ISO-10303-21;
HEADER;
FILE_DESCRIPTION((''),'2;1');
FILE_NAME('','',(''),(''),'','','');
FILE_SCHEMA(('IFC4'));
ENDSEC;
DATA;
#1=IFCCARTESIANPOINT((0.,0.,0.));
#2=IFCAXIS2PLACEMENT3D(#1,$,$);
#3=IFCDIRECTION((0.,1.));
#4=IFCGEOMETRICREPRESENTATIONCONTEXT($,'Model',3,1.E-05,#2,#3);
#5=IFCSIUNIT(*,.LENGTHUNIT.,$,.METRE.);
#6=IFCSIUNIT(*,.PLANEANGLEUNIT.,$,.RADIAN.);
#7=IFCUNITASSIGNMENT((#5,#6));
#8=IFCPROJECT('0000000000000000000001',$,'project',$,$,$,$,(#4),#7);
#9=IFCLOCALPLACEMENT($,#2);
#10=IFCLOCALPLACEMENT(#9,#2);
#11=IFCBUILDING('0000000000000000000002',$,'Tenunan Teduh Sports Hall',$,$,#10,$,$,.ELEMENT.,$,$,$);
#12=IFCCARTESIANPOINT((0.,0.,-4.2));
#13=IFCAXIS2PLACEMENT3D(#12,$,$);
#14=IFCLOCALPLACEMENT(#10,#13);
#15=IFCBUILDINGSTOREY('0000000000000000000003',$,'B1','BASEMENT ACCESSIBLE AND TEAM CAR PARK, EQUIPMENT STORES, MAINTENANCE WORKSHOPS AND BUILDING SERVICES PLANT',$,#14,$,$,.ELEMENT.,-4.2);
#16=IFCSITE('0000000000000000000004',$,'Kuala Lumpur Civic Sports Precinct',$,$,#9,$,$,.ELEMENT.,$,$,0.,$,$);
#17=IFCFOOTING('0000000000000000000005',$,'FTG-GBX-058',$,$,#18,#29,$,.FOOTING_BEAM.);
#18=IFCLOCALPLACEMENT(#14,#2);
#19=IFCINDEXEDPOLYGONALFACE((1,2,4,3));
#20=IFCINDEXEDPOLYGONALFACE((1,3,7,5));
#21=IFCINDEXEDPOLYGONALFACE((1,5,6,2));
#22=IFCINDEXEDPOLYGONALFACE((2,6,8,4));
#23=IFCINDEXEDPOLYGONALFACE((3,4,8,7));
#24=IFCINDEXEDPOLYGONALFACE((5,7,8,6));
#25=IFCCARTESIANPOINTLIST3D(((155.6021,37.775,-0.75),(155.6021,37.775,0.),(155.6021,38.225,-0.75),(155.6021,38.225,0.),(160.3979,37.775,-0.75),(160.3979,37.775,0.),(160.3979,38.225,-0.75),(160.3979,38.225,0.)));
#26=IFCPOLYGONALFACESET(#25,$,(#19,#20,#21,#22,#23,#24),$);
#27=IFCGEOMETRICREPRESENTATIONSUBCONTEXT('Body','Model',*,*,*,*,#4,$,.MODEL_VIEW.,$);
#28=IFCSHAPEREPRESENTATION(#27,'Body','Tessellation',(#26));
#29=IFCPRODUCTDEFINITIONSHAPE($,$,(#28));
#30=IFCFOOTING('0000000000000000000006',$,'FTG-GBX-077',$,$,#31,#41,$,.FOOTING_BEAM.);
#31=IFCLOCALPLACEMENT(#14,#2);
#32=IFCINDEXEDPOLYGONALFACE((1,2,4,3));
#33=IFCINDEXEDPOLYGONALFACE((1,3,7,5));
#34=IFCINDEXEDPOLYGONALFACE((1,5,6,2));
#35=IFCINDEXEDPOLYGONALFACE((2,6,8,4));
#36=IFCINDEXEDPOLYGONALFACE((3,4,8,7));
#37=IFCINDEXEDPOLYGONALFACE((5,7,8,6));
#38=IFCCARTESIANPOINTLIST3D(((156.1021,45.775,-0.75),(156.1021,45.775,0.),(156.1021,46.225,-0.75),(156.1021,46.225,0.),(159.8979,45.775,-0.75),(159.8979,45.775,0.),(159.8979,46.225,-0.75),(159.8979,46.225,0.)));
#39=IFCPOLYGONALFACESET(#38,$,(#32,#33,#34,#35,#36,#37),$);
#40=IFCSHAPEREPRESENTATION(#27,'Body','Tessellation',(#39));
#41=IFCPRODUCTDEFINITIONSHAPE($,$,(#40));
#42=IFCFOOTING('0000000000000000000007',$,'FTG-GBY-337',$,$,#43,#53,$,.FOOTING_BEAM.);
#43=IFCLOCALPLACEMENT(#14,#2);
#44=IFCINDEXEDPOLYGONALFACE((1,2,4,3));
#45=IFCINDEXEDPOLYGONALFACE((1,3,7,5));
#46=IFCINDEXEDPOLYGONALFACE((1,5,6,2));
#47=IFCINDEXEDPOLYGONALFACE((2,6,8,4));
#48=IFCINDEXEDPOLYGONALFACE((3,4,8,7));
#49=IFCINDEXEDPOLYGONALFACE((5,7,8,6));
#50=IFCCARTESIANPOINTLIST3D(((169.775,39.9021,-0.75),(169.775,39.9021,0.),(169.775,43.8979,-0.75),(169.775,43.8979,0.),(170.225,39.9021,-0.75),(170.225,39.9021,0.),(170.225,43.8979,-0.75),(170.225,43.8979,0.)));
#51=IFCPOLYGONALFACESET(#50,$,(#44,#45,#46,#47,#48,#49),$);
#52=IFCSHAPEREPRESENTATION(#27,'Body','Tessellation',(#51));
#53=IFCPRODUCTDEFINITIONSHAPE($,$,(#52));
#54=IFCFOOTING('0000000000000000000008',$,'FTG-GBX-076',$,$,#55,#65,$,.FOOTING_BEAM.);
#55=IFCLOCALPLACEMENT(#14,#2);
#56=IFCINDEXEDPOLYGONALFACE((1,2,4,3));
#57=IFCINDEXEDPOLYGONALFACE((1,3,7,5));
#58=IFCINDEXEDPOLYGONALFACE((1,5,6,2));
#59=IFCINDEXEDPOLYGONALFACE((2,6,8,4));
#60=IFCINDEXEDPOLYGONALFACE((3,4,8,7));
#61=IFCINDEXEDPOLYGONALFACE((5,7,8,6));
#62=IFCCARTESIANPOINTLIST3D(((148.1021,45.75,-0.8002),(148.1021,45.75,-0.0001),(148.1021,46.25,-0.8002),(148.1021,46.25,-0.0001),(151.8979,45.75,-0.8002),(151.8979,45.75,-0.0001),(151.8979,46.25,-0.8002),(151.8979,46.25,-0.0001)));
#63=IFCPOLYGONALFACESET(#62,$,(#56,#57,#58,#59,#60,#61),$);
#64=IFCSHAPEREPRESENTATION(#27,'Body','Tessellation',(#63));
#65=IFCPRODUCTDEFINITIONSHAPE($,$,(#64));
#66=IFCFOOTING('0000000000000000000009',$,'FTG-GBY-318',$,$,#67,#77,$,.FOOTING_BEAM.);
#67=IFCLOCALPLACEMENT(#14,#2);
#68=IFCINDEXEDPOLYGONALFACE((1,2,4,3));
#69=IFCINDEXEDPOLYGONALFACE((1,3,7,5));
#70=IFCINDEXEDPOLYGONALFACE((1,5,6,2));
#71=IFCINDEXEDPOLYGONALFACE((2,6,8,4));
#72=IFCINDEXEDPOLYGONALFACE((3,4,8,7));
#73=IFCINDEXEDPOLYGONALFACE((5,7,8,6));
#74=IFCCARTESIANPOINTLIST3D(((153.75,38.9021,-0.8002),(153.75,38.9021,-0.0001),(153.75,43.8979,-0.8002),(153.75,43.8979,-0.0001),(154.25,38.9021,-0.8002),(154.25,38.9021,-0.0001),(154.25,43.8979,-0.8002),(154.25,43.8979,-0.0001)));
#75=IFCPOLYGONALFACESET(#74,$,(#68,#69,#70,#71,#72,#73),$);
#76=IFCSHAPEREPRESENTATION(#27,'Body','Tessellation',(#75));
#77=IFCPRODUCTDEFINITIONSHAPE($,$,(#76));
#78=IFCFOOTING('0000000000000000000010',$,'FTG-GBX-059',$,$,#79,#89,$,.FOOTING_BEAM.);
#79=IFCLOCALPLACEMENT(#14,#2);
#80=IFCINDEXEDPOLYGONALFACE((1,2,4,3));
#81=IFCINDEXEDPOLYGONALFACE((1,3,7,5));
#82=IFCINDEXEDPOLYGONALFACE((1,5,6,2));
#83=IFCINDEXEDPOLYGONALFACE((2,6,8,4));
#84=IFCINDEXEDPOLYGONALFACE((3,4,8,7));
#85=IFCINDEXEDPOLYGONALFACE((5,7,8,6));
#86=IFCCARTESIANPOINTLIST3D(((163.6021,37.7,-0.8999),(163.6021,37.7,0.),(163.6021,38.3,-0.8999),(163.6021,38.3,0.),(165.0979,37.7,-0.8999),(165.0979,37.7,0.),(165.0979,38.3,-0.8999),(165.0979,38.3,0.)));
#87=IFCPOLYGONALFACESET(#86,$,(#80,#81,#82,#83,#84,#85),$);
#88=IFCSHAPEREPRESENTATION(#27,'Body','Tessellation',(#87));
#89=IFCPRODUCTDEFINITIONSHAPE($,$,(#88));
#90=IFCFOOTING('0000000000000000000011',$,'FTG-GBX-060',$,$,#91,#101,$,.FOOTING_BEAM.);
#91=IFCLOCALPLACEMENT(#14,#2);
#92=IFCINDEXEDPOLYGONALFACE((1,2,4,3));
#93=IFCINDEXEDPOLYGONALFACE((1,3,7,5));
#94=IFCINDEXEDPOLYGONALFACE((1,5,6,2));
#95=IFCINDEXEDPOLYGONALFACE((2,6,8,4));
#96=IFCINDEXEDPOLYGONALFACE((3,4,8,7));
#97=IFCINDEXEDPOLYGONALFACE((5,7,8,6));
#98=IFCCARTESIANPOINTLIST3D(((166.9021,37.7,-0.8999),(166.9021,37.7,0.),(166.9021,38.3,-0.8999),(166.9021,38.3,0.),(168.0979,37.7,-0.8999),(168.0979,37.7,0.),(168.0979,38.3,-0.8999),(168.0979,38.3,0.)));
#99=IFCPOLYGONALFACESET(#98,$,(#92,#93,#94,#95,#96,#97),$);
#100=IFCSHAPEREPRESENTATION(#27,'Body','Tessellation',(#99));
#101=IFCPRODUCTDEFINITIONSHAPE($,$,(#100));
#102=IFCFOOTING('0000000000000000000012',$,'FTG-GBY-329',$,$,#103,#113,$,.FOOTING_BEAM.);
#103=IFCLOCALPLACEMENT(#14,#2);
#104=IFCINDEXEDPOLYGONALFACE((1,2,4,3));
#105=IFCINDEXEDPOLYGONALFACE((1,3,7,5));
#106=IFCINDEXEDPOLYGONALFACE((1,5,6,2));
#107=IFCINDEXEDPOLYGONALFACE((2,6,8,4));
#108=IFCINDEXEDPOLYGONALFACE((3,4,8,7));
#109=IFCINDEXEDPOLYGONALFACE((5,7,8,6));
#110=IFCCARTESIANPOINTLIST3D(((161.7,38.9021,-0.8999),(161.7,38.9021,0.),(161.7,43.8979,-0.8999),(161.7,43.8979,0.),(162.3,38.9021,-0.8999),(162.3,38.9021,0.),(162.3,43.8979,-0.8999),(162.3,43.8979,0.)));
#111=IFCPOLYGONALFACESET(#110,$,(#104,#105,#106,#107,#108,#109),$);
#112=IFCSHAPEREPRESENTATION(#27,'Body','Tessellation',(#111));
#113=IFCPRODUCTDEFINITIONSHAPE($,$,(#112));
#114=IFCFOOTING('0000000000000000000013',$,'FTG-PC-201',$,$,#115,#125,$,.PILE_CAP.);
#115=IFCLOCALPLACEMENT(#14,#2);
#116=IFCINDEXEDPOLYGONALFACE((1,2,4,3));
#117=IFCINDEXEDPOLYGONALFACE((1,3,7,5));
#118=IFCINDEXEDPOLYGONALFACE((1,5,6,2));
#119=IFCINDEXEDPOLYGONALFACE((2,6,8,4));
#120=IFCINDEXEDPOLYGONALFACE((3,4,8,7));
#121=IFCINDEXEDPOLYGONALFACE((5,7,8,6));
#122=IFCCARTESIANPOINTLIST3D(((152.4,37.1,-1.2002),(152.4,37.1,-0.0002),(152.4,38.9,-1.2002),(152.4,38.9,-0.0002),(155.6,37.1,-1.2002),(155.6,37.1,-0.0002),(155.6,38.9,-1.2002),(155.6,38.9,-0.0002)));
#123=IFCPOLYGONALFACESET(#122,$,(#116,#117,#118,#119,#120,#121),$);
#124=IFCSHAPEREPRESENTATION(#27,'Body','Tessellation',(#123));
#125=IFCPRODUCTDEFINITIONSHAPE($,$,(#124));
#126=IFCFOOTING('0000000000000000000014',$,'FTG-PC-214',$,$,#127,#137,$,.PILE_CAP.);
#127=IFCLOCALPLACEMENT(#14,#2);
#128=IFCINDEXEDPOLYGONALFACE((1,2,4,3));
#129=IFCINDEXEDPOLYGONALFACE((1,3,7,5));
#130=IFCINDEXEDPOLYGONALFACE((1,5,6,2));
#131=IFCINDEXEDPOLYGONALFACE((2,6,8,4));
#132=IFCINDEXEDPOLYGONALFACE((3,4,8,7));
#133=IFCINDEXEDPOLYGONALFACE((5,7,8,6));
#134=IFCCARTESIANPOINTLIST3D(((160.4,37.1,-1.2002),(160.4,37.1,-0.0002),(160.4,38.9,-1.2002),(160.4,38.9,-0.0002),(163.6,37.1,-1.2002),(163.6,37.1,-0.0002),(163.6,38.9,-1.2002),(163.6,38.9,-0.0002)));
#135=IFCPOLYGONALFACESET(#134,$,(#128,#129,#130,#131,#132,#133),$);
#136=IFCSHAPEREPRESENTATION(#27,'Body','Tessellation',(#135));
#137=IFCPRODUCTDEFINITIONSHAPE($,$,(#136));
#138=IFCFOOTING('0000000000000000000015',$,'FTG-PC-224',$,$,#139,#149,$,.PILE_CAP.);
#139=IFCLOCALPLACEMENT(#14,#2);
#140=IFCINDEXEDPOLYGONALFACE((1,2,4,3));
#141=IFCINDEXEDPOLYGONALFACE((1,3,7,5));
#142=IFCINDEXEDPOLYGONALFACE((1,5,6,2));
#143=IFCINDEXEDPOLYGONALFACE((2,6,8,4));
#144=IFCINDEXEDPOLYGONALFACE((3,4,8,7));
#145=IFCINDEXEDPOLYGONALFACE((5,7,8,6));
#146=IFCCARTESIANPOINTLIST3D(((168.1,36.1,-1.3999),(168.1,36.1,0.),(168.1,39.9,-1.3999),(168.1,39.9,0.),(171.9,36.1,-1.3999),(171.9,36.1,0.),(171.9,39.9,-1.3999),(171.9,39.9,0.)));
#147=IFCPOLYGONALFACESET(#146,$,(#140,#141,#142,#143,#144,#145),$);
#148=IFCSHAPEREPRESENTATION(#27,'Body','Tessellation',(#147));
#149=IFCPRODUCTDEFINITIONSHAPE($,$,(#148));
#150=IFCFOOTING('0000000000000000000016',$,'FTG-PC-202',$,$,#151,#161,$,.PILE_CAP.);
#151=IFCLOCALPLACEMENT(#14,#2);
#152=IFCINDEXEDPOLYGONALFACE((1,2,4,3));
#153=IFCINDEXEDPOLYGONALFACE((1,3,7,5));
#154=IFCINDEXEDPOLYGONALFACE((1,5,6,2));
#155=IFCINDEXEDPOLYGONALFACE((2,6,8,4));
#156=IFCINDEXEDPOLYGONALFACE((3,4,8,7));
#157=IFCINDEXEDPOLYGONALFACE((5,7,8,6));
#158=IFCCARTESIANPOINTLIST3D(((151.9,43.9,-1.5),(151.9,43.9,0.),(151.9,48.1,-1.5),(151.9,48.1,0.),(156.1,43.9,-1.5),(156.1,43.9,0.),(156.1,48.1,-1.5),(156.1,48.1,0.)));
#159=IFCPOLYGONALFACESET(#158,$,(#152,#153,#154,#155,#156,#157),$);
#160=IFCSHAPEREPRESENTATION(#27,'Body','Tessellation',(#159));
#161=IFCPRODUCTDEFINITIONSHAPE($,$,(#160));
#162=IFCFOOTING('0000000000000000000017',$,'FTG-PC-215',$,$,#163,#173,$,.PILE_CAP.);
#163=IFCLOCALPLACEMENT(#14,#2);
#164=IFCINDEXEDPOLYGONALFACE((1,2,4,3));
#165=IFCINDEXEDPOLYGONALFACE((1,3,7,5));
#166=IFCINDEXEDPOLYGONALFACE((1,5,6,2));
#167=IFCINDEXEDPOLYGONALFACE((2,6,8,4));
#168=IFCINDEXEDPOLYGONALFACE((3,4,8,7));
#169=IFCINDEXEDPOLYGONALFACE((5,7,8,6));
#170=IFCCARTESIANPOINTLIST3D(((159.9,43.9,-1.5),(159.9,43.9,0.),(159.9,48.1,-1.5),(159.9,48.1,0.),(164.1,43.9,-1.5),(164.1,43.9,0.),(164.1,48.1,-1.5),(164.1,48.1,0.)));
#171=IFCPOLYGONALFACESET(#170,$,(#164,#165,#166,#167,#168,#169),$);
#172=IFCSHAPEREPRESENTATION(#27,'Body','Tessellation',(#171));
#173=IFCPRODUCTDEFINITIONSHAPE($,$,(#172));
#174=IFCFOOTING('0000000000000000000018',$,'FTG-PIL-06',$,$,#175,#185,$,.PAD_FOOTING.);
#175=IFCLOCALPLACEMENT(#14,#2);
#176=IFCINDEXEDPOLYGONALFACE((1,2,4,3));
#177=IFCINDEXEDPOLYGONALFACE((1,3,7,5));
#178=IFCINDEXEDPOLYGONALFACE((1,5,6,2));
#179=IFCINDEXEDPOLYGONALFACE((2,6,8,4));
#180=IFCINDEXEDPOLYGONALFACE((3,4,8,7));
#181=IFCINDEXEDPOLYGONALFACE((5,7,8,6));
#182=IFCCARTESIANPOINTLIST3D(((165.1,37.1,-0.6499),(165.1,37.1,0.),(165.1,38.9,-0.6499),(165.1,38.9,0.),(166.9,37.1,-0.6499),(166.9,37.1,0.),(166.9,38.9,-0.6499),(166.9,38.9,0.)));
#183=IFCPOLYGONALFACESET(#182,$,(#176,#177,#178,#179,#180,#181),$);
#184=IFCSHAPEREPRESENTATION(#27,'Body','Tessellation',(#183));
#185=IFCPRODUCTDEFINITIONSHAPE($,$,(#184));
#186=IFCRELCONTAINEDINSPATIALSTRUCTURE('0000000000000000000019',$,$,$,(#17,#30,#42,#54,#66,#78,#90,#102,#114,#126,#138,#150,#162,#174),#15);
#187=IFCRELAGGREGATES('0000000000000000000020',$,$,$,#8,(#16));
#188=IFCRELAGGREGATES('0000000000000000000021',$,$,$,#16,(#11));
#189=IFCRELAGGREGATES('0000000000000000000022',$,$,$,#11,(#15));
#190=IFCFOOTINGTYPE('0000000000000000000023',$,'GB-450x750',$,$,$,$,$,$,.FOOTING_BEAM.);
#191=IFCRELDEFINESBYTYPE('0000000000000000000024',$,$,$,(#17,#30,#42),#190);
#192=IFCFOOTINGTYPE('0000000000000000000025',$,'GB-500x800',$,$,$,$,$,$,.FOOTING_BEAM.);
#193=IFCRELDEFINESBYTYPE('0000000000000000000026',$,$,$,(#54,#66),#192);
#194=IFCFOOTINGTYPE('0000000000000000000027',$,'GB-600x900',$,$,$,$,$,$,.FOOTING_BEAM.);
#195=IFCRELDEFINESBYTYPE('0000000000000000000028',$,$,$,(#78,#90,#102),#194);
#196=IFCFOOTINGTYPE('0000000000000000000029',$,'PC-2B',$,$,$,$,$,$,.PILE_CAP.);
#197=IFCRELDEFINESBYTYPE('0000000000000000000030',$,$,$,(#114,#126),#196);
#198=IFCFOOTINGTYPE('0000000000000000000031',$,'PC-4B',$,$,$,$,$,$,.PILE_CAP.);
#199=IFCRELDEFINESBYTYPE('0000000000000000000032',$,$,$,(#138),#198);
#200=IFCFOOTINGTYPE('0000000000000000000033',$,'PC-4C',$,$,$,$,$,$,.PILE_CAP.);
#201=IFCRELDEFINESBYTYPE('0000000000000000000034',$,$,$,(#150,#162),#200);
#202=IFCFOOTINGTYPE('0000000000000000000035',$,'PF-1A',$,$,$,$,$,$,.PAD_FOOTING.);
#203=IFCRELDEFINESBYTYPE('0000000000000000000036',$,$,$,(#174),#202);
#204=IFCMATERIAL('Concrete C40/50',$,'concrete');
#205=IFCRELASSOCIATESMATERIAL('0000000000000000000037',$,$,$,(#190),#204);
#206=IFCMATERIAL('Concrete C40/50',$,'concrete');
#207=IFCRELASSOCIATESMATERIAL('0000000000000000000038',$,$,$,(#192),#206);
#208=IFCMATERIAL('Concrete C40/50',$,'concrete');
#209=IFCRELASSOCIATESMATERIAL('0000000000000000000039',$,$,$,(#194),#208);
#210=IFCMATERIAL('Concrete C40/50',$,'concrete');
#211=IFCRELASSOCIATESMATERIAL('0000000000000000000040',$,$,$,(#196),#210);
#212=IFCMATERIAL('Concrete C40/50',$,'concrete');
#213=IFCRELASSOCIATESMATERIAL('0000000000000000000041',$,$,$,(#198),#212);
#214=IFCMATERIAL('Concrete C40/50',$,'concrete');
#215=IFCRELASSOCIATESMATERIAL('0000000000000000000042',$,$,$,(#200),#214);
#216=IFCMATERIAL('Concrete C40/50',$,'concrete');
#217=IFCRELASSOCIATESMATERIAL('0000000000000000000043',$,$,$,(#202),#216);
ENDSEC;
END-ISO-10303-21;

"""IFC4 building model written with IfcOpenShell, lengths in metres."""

from ifc_helpers import new_model, si_unit, direction, frame, origin, origin_2d, place, context, subcontext, project, spatial, rectangle, extrude, material, material_profile, profile_set, type_object, element, save


model = new_model("IFC4")

# Units and contexts
model_context = context("Model", 3, precision=1e-05, world=origin(), true_north=direction((0.0, 1.0)))
body_context = subcontext(model_context, "Body", "Model", "MODEL_VIEW")
ifc_project = project(units=[si_unit("LENGTHUNIT", "METRE"), si_unit("PLANEANGLEUNIT", "RADIAN")], contexts=[model_context])

# Site, building, storey
site_placement = place(None, origin())
site = spatial("IfcSite", under=ifc_project, at=site_placement, Name="Kuala Lumpur Civic Sports Precinct", CompositionType="ELEMENT", RefElevation=0.0)
building_placement = place(site_placement, origin())
building = spatial("IfcBuilding", under=site, at=building_placement, Name="Tenunan Teduh Sports Hall", CompositionType="ELEMENT")
storey_placement = place(building_placement, frame((0.0, 0.0, -4.2)))
storey = spatial("IfcBuildingStorey", under=building, at=storey_placement, Name="B1", Description="BASEMENT ACCESSIBLE AND TEAM CAR PARK, EQUIPMENT STORES, MAINTENANCE WORKSHOPS AND BUILDING SERVICES PLANT", CompositionType="ELEMENT", Elevation=-4.2)

# Footings
ifc_material_1 = material(Name="Concrete C40/50", Category="concrete")
ifc_material_profile_1 = material_profile(ifc_material_1, rectangle(XDim=0.45, YDim=0.75, at=origin_2d()), Name="RCB 450x750")
ifc_profile_set_1 = profile_set([ifc_material_profile_1], Name="Concrete C40/50")
footing_type_1 = type_object("IfcFootingType", Name="GB-450x750", PredefinedType="FOOTING_BEAM", material=ifc_profile_set_1)
footing_1_placement = place(storey_placement, frame((155.6021, 38.0, -0.375), z_axis=(1.0, 0.0, 0.0), x_axis=(0.0, 1.0, 0.0)))
element("IfcFooting", 1, at=footing_1_placement, inside=storey, type_object=footing_type_1, Name="FTG-GBX-058", PredefinedType="FOOTING_BEAM", context=body_context, shape_type="SweptSolid", body=[
    extrude(rectangle(XDim=0.45, YDim=0.75, at=origin_2d()), origin(), (0.0, 0.0, 1.0), 4.7959),
])
footing_2_placement = place(storey_placement, frame((156.1021, 46.0, -0.375), z_axis=(1.0, 0.0, 0.0), x_axis=(0.0, 1.0, 0.0)))
element("IfcFooting", 2, at=footing_2_placement, inside=storey, type_object=footing_type_1, Name="FTG-GBX-077", PredefinedType="FOOTING_BEAM", context=body_context, shape_type="SweptSolid", body=[
    extrude(rectangle(XDim=0.45, YDim=0.75, at=origin_2d()), origin(), (0.0, 0.0, 1.0), 3.7959),
])
footing_3_placement = place(storey_placement, frame((170.0, 39.9021, -0.375), z_axis=(0.0, 1.0, 0.0), x_axis=(-1.0, 0.0, 0.0)))
element("IfcFooting", 3, at=footing_3_placement, inside=storey, type_object=footing_type_1, Name="FTG-GBY-337", PredefinedType="FOOTING_BEAM", context=body_context, shape_type="SweptSolid", body=[
    extrude(rectangle(XDim=0.45, YDim=0.75, at=origin_2d()), origin(), (0.0, 0.0, 1.0), 3.9958),
])
ifc_material_2 = material(Name="Concrete C40/50", Category="concrete")
ifc_material_profile_2 = material_profile(ifc_material_2, rectangle(XDim=0.5, YDim=0.8, at=origin_2d()), Name="RCB 500x800")
ifc_profile_set_2 = profile_set([ifc_material_profile_2], Name="Concrete C40/50")
footing_type_2 = type_object("IfcFootingType", Name="GB-500x800", PredefinedType="FOOTING_BEAM", material=ifc_profile_set_2)
footing_4_placement = place(storey_placement, frame((148.1021, 46.0, -0.4001), z_axis=(1.0, 0.0, 0.0), x_axis=(0.0, 1.0, 0.0)))
element("IfcFooting", 4, at=footing_4_placement, inside=storey, type_object=footing_type_2, Name="FTG-GBX-076", PredefinedType="FOOTING_BEAM", context=body_context, shape_type="SweptSolid", body=[
    extrude(rectangle(XDim=0.5, YDim=0.8, at=origin_2d()), origin(), (0.0, 0.0, 1.0), 3.7959),
])
footing_5_placement = place(storey_placement, frame((154.0, 38.9021, -0.4001), z_axis=(0.0, 1.0, 0.0), x_axis=(-1.0, 0.0, 0.0)))
element("IfcFooting", 5, at=footing_5_placement, inside=storey, type_object=footing_type_2, Name="FTG-GBY-318", PredefinedType="FOOTING_BEAM", context=body_context, shape_type="SweptSolid", body=[
    extrude(rectangle(XDim=0.5, YDim=0.8, at=origin_2d()), origin(), (0.0, 0.0, 1.0), 4.9958),
])
ifc_material_3 = material(Name="Concrete C40/50", Category="concrete")
ifc_material_profile_3 = material_profile(ifc_material_3, rectangle(XDim=0.6001, YDim=0.8999, at=origin_2d()), Name="RCB 600x900")
ifc_profile_set_3 = profile_set([ifc_material_profile_3], Name="Concrete C40/50")
footing_type_3 = type_object("IfcFootingType", Name="GB-600x900", PredefinedType="FOOTING_BEAM", material=ifc_profile_set_3)
footing_6_placement = place(storey_placement, frame((163.6021, 38.0, -0.45), z_axis=(1.0, 0.0, 0.0), x_axis=(0.0, 1.0, 0.0)))
element("IfcFooting", 6, at=footing_6_placement, inside=storey, type_object=footing_type_3, Name="FTG-GBX-059", PredefinedType="FOOTING_BEAM", context=body_context, shape_type="SweptSolid", body=[
    extrude(rectangle(XDim=0.6001, YDim=0.8999, at=origin_2d()), origin(), (0.0, 0.0, 1.0), 1.4958),
])
footing_7_placement = place(storey_placement, frame((166.9021, 38.0, -0.45), z_axis=(1.0, 0.0, 0.0), x_axis=(0.0, 1.0, 0.0)))
element("IfcFooting", 7, at=footing_7_placement, inside=storey, type_object=footing_type_3, Name="FTG-GBX-060", PredefinedType="FOOTING_BEAM", context=body_context, shape_type="SweptSolid", body=[
    extrude(rectangle(XDim=0.6001, YDim=0.8999, at=origin_2d()), origin(), (0.0, 0.0, 1.0), 1.1958),
])
footing_8_placement = place(storey_placement, frame((162.0, 38.9021, -0.45), z_axis=(0.0, 1.0, 0.0), x_axis=(-1.0, 0.0, 0.0)))
element("IfcFooting", 8, at=footing_8_placement, inside=storey, type_object=footing_type_3, Name="FTG-GBY-329", PredefinedType="FOOTING_BEAM", context=body_context, shape_type="SweptSolid", body=[
    extrude(rectangle(XDim=0.6001, YDim=0.8999, at=origin_2d()), origin(), (0.0, 0.0, 1.0), 4.9958),
])
ifc_material_4 = material(Name="Concrete C40/50", Category="concrete")
footing_type_4 = type_object("IfcFootingType", Name="PC-2B", PredefinedType="PILE_CAP", material=ifc_material_4)
for number, where, z_axis, x_axis, name in (
    (9, (154.0, 38.0, -1.2002), (0.0, 0.0, 1.0), (1.0, 0.0, 0.0), "FTG-PC-201"),
    (10, (162.0, 38.0, -1.2002), (0.0, 0.0, 1.0), (1.0, 0.0, 0.0), "FTG-PC-214"),
):
    element("IfcFooting", number, at=place(storey_placement, frame(where, z_axis=z_axis, x_axis=x_axis)), inside=storey, type_object=footing_type_4, Name=name, PredefinedType="PILE_CAP", context=body_context, shape_type="SweptSolid", body=[
        extrude(rectangle(XDim=3.2, YDim=1.8, at=origin_2d()), origin(), (0.0, 0.0, 1.0), 1.2),
    ])
ifc_material_5 = material(Name="Concrete C40/50", Category="concrete")
footing_type_5 = type_object("IfcFootingType", Name="PC-4B", PredefinedType="PILE_CAP", material=ifc_material_5)
footing_9_placement = place(storey_placement, frame((170.0, 38.0, -1.3999), z_axis=(0.0, 0.0, 1.0), x_axis=(1.0, 0.0, 0.0)))
element("IfcFooting", 11, at=footing_9_placement, inside=storey, type_object=footing_type_5, Name="FTG-PC-224", PredefinedType="PILE_CAP", context=body_context, shape_type="SweptSolid", body=[
    extrude(rectangle(XDim=3.8, YDim=3.8, at=origin_2d()), origin(), (0.0, 0.0, 1.0), 1.3999),
])
ifc_material_6 = material(Name="Concrete C40/50", Category="concrete")
footing_type_6 = type_object("IfcFootingType", Name="PC-4C", PredefinedType="PILE_CAP", material=ifc_material_6)
for number, where, z_axis, x_axis, name in (
    (12, (154.0, 46.0, -1.5), (0.0, 0.0, 1.0), (1.0, 0.0, 0.0), "FTG-PC-202"),
    (13, (162.0, 46.0, -1.5), (0.0, 0.0, 1.0), (1.0, 0.0, 0.0), "FTG-PC-215"),
):
    element("IfcFooting", number, at=place(storey_placement, frame(where, z_axis=z_axis, x_axis=x_axis)), inside=storey, type_object=footing_type_6, Name=name, PredefinedType="PILE_CAP", context=body_context, shape_type="SweptSolid", body=[
        extrude(rectangle(XDim=4.2, YDim=4.2, at=origin_2d()), origin(), (0.0, 0.0, 1.0), 1.5),
    ])
ifc_material_7 = material(Name="Concrete C40/50", Category="concrete")
footing_type_7 = type_object("IfcFootingType", Name="PF-1A", PredefinedType="PAD_FOOTING", material=ifc_material_7)
footing_10_placement = place(storey_placement, frame((166.0, 38.0, -0.6499), z_axis=(0.0, 0.0, 1.0), x_axis=(1.0, 0.0, 0.0)))
element("IfcFooting", 14, at=footing_10_placement, inside=storey, type_object=footing_type_7, Name="FTG-PIL-06", PredefinedType="PAD_FOOTING", context=body_context, shape_type="SweptSolid", body=[
    extrude(rectangle(XDim=1.8, YDim=1.8, at=origin_2d()), origin(), (0.0, 0.0, 1.0), 0.6499),
])

save(model, "model.ifc")
